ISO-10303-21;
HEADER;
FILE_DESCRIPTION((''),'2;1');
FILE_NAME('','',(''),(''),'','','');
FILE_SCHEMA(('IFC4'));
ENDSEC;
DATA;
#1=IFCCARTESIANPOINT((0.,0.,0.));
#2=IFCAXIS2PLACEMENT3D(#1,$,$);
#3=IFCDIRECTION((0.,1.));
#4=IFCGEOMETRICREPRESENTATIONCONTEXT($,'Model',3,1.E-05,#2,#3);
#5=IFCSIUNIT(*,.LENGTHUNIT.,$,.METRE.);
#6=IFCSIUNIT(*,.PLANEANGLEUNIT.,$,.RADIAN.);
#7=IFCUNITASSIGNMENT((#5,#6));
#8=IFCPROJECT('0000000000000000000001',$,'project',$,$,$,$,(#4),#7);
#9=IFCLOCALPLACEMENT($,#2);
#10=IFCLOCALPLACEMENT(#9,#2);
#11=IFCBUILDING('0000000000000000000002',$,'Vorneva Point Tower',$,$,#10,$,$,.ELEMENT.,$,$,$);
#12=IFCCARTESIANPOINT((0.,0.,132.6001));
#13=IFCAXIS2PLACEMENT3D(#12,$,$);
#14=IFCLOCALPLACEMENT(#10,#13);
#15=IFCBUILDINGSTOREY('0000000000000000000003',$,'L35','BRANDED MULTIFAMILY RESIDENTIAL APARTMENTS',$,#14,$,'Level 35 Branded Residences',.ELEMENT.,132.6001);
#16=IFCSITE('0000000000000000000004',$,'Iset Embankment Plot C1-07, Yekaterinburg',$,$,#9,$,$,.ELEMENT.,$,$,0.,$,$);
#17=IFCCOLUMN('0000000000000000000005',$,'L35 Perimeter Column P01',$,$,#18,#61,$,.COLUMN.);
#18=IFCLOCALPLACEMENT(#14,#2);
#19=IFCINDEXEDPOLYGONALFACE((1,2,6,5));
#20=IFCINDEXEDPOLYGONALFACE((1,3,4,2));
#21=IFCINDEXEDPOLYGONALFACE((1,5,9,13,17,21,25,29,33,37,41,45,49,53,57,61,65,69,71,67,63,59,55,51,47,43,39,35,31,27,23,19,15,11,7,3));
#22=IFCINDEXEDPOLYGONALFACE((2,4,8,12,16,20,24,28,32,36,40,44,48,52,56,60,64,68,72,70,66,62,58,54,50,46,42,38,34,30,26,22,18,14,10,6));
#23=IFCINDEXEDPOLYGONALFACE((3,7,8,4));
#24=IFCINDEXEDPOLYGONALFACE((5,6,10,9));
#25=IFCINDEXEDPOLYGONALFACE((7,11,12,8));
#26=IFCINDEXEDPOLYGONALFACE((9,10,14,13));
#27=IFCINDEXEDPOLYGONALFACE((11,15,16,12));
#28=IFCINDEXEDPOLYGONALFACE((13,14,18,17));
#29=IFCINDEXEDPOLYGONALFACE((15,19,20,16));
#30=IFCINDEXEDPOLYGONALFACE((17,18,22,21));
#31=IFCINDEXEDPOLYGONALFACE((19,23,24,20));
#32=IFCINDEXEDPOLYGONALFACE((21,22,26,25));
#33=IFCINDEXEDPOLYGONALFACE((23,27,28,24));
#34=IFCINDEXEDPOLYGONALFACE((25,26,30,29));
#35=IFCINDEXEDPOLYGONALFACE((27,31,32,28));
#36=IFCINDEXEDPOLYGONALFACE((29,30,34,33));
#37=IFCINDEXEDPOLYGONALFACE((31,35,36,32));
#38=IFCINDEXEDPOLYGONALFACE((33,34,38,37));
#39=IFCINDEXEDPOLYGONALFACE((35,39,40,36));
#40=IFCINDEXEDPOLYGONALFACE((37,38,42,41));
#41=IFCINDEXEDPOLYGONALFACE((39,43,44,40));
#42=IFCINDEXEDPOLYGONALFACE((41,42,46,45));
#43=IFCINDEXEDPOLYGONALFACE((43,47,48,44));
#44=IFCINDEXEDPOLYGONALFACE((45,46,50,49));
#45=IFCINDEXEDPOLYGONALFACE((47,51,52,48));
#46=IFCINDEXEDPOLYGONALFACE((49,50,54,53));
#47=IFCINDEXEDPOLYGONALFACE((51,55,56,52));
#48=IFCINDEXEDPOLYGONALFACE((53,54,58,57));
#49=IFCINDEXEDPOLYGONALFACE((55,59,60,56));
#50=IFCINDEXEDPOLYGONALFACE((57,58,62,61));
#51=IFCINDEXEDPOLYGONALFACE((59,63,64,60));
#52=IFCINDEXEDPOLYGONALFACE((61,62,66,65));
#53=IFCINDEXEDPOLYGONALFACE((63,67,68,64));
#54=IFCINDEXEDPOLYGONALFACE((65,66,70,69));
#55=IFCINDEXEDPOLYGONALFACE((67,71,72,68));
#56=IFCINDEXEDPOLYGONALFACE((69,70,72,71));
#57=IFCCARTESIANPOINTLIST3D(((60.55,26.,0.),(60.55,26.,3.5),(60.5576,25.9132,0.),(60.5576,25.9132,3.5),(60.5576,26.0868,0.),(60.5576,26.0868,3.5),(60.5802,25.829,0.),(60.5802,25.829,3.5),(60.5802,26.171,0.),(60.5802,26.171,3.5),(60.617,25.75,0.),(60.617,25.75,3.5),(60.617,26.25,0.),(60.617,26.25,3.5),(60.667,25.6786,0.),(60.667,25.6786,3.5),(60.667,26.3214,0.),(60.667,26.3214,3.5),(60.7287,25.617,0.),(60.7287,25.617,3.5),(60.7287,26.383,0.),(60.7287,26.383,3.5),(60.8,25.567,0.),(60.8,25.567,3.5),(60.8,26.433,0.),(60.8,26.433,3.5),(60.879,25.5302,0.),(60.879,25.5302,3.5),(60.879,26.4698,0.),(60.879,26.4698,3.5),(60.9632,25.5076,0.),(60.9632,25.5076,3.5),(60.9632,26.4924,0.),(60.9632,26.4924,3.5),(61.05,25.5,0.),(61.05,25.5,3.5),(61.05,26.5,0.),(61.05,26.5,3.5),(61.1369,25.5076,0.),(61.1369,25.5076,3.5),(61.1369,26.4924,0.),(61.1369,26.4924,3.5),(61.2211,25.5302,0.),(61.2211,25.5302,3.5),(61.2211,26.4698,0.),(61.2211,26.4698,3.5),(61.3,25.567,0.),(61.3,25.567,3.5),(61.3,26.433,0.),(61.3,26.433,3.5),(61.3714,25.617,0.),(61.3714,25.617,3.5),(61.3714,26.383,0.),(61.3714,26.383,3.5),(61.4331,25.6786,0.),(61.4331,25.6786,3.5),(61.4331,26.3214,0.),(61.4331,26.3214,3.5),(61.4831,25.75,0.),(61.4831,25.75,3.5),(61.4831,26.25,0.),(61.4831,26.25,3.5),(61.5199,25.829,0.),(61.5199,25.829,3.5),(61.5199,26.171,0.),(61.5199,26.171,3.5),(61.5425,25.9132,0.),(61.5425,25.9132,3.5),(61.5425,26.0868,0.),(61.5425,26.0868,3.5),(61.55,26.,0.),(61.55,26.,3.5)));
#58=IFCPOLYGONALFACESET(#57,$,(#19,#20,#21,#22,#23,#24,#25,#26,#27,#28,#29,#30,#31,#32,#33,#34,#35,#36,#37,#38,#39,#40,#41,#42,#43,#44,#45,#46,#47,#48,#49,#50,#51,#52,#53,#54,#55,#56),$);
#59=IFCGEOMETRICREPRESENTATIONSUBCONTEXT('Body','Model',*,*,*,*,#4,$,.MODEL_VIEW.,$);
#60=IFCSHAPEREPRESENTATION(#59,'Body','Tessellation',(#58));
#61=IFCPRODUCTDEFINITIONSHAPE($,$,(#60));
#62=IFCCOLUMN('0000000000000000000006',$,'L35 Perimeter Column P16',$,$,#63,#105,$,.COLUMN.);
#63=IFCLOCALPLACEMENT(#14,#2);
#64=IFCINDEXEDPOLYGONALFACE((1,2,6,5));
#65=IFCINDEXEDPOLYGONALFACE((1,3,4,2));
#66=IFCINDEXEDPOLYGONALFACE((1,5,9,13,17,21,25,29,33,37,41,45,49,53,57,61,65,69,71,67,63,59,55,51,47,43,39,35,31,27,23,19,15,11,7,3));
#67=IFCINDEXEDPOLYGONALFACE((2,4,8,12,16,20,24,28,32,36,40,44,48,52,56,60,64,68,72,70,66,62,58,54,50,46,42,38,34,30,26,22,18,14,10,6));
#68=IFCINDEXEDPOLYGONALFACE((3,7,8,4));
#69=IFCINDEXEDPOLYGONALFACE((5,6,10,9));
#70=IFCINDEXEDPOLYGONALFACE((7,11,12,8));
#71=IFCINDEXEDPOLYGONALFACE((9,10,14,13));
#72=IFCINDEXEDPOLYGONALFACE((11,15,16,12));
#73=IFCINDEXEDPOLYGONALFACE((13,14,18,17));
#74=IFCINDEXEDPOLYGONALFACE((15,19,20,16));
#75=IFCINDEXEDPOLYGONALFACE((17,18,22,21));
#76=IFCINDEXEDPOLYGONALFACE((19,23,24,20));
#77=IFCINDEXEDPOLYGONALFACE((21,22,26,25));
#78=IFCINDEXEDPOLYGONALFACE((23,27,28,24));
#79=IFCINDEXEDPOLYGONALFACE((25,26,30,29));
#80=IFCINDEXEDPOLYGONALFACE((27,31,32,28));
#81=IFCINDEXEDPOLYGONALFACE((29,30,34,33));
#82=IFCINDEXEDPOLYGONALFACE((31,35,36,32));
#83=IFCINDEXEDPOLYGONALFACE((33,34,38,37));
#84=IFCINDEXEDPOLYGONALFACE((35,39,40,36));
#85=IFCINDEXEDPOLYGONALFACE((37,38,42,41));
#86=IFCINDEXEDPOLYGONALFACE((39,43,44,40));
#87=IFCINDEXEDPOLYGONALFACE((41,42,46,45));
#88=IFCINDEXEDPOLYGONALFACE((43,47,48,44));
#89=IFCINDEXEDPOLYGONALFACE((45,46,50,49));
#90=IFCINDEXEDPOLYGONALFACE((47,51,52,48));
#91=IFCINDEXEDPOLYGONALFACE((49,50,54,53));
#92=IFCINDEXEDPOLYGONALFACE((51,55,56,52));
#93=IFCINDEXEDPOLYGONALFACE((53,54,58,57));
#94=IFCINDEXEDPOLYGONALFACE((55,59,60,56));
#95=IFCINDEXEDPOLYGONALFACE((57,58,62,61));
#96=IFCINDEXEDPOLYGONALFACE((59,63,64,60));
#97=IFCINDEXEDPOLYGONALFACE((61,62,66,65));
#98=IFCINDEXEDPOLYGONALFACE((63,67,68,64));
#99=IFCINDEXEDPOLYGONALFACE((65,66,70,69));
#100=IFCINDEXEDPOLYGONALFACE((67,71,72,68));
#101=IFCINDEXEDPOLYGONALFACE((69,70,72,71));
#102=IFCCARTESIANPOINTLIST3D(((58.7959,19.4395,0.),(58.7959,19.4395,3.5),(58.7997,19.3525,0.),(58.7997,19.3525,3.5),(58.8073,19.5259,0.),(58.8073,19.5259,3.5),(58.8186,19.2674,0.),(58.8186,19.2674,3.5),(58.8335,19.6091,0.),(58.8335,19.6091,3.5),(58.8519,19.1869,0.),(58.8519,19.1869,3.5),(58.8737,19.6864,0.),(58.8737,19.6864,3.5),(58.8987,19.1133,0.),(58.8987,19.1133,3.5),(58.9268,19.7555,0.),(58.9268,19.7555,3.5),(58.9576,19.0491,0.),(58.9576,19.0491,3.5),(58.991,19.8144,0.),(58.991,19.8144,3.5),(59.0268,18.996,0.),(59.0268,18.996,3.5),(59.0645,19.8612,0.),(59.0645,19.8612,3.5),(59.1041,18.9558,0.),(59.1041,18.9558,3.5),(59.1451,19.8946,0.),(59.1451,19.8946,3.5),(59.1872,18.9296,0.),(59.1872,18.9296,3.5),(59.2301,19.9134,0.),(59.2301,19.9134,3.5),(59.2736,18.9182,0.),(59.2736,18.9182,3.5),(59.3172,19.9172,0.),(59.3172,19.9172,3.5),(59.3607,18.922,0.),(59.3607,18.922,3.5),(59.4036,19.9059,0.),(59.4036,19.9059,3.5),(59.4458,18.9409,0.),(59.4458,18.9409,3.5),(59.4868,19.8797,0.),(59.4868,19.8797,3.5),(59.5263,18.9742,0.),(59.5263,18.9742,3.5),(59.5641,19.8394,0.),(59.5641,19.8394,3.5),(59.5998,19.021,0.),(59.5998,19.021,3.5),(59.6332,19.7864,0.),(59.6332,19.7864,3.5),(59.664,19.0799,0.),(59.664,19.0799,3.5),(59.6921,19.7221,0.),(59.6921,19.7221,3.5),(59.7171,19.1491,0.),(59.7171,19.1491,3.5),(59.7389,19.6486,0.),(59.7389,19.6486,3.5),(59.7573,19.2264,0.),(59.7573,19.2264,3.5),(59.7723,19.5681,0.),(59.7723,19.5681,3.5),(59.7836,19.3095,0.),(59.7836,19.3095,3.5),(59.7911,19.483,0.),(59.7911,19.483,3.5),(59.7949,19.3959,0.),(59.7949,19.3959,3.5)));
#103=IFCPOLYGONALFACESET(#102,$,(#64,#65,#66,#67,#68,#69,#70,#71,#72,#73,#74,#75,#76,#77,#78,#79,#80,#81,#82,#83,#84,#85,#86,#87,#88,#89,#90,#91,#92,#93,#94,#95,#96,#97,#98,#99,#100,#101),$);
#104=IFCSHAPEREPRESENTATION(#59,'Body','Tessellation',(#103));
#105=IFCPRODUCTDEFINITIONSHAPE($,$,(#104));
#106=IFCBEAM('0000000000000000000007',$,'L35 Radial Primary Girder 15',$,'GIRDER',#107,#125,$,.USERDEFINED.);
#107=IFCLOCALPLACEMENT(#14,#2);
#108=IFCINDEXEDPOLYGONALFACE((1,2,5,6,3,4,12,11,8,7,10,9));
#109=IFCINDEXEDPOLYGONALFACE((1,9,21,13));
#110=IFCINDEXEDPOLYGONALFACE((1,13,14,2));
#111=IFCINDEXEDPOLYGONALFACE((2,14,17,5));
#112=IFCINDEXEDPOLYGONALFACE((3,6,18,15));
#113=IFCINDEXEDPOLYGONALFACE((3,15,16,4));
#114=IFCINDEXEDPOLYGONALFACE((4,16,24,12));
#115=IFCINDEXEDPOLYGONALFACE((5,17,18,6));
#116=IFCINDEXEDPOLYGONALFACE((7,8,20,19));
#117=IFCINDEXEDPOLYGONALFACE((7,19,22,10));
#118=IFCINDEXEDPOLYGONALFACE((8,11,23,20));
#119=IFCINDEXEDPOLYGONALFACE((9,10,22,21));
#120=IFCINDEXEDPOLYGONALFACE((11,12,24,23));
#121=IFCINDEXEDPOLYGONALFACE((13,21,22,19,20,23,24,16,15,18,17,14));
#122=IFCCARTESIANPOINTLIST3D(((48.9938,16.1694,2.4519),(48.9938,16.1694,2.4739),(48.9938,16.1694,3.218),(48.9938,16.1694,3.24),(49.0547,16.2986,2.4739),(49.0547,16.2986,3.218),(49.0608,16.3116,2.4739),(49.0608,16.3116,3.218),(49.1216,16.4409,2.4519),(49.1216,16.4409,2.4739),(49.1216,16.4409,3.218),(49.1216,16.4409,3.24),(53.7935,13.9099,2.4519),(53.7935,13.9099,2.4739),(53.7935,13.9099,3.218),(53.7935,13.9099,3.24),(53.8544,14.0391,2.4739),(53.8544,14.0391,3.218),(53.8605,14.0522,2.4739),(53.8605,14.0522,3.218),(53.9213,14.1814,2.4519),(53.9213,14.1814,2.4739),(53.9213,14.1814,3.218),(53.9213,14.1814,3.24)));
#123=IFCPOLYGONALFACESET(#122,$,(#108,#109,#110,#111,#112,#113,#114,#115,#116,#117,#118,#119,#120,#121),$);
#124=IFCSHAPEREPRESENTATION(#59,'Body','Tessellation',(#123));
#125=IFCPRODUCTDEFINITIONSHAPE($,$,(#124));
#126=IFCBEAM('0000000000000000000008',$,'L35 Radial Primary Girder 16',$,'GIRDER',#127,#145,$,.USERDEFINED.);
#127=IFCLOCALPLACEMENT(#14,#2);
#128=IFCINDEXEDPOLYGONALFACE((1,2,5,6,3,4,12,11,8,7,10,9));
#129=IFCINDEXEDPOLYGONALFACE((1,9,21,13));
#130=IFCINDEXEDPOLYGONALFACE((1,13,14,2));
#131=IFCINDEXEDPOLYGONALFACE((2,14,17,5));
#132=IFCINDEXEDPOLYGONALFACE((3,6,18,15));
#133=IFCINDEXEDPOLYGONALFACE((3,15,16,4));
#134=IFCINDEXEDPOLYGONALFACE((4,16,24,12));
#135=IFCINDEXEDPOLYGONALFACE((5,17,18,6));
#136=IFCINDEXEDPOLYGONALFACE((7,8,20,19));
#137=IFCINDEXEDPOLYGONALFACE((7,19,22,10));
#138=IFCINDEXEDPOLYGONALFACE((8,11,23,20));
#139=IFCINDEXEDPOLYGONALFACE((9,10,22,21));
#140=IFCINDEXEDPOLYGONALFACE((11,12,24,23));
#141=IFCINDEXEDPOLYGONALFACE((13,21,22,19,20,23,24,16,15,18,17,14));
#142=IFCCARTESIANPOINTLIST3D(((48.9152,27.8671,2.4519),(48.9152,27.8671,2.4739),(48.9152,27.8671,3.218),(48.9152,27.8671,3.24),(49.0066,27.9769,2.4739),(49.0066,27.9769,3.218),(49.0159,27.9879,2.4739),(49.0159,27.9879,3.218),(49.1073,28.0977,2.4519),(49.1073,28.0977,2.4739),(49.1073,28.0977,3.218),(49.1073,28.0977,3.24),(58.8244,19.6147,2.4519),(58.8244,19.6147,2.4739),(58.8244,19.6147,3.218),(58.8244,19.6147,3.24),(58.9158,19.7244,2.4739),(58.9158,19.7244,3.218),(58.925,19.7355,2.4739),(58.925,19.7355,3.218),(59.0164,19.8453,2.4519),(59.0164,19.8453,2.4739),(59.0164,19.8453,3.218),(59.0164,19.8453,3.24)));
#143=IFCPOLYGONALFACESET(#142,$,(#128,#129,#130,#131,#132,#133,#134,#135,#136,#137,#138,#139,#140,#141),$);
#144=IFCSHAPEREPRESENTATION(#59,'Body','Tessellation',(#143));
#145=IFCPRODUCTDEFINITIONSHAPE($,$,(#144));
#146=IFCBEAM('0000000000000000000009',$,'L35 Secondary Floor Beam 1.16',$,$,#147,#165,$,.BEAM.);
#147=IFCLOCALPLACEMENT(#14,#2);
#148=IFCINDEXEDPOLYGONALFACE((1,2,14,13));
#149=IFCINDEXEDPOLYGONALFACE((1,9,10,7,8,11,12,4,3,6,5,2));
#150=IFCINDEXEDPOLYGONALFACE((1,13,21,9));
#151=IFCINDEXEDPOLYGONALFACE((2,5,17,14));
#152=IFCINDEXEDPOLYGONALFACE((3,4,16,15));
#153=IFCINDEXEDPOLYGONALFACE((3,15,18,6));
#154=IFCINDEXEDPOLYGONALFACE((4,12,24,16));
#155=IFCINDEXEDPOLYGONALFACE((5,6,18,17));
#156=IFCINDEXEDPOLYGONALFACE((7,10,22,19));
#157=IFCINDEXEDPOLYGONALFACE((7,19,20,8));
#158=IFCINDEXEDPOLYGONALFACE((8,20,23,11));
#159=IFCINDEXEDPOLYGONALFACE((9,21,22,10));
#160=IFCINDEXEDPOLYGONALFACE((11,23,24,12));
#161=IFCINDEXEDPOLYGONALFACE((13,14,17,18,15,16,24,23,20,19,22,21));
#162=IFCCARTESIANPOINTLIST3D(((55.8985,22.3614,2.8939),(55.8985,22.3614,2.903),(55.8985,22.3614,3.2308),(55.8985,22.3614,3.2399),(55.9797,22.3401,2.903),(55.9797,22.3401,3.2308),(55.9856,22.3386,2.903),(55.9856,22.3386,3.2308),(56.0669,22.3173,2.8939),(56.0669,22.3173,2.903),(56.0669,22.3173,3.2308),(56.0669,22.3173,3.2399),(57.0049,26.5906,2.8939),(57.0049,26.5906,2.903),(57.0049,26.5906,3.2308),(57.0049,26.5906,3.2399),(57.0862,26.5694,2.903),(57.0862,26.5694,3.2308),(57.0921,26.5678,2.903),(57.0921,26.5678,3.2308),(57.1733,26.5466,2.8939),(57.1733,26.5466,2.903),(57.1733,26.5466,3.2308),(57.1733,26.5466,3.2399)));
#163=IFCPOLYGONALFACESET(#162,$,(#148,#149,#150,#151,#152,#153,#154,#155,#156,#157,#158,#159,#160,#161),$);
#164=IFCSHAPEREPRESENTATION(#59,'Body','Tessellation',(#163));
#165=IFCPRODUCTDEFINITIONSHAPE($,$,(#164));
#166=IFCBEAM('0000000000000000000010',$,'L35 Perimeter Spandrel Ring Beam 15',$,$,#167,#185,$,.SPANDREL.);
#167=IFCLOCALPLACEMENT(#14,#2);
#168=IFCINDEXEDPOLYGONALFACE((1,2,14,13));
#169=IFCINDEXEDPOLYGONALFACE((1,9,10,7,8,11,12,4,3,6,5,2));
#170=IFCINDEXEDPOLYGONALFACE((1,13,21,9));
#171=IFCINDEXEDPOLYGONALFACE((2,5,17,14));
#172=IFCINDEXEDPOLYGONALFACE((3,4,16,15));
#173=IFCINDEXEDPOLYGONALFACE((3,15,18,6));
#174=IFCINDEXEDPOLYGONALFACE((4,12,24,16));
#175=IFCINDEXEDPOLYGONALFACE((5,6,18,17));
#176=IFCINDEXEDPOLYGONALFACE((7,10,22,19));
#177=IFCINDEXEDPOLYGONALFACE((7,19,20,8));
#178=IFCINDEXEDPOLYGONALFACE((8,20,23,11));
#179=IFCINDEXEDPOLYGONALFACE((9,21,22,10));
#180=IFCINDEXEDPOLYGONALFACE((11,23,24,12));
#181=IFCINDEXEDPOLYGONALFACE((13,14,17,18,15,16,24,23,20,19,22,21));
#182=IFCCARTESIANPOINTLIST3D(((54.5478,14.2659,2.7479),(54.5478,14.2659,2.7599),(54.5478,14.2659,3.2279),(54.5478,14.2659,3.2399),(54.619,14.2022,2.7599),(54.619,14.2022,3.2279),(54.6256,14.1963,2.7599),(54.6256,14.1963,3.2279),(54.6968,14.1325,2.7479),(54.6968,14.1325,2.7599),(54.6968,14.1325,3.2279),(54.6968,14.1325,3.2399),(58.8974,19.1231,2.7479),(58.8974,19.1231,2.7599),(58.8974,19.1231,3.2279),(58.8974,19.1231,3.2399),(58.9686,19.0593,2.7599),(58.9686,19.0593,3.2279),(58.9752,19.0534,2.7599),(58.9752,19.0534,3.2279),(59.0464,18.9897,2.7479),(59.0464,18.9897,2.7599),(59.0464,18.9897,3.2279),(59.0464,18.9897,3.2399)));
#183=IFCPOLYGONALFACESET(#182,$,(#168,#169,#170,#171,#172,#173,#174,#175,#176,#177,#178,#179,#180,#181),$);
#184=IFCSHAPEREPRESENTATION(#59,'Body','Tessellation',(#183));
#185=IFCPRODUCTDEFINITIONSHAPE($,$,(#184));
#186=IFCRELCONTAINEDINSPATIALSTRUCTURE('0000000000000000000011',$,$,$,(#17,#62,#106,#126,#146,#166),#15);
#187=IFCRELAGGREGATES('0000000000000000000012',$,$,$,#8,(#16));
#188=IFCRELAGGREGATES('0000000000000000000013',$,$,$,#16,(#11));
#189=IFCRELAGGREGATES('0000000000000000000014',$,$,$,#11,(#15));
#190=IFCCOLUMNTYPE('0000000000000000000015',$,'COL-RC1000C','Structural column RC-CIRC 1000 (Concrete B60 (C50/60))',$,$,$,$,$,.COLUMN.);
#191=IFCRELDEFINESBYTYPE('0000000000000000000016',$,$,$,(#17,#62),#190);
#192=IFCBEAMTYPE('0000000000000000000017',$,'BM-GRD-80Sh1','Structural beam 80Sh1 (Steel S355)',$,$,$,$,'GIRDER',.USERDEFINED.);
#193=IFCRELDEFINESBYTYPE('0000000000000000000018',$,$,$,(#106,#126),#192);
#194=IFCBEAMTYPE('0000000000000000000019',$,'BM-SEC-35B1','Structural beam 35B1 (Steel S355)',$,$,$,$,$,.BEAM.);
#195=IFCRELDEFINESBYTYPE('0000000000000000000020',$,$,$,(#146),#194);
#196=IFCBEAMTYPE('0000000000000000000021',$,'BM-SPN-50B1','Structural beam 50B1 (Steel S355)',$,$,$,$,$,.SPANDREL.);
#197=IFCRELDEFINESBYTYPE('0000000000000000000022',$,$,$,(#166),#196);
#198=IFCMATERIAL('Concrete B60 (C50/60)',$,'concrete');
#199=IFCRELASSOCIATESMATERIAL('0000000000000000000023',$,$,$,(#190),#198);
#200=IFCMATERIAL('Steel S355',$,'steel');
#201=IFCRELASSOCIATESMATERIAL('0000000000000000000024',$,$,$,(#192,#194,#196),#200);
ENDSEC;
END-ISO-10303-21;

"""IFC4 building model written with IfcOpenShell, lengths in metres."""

from ifc_helpers import new_model, si_unit, direction, frame, origin, origin_2d, place, context, subcontext, project, spatial, circle, i_section, extrude, material, material_profile, profile_set, type_object, element, save


model = new_model("IFC4")

# Units and contexts
model_context = context("Model", 3, precision=1e-05, world=origin(), true_north=direction((0.0, 1.0)))
body_context = subcontext(model_context, "Body", "Model", "MODEL_VIEW")
ifc_project = project(units=[si_unit("LENGTHUNIT", "METRE"), si_unit("PLANEANGLEUNIT", "RADIAN")], contexts=[model_context])

# Site, building, storey
site_placement = place(None, origin())
site = spatial("IfcSite", under=ifc_project, at=site_placement, Name="Iset Embankment Plot C1-07, Yekaterinburg", CompositionType="ELEMENT", RefElevation=0.0)
building_placement = place(site_placement, origin())
building = spatial("IfcBuilding", under=site, at=building_placement, Name="Vorneva Point Tower", CompositionType="ELEMENT")
storey_placement = place(building_placement, frame((0.0, 0.0, 132.6001)))
storey = spatial("IfcBuildingStorey", under=building, at=storey_placement, Name="L35", Description="BRANDED MULTIFAMILY RESIDENTIAL APARTMENTS", LongName="Level 35 Branded Residences", CompositionType="ELEMENT", Elevation=132.6001)

# Columns
ifc_material_1 = material(Name="Concrete B60 (C50/60)", Category="concrete")
ifc_material_profile_1 = material_profile(ifc_material_1, circle(Radius=0.5, at=origin_2d()), Name="RC-CIRC 1000")
ifc_profile_set_1 = profile_set([ifc_material_profile_1], Name="Concrete B60 (C50/60)")
column_type = type_object("IfcColumnType", Name="COL-RC1000C", Description="Structural column RC-CIRC 1000 (Concrete B60 (C50/60))", PredefinedType="COLUMN", material=ifc_profile_set_1)
for number, where, z_axis, x_axis, name in (
    (1, (61.05, 26.0, 0.0), (0.0, 0.0, 1.0), (1.0, 0.0, 0.0), "L35 Perimeter Column P01"),
    (2, (59.2954, 19.4177, 0.0), (0.0, 0.0, 1.0), (0.92388, -0.382683, 0.0), "L35 Perimeter Column P16"),
):
    element("IfcColumn", number, at=place(storey_placement, frame(where, z_axis=z_axis, x_axis=x_axis)), inside=storey, type_object=column_type, Name=name, PredefinedType="COLUMN", context=body_context, shape_type="SweptSolid", body=[
        extrude(circle(Radius=0.5, at=origin_2d()), origin(), (0.0, 0.0, 1.0), 3.5),
    ])

# Beams
ifc_material_2 = material(Name="Steel S355", Category="steel")
ifc_material_profile_2 = material_profile(ifc_material_2, i_section(OverallWidth=0.3, OverallDepth=0.7881, WebThickness=0.0144, FlangeThickness=0.022, at=origin_2d()), Name="80Sh1")
ifc_profile_set_2 = profile_set([ifc_material_profile_2], Name="Steel S355")
beam_type_1 = type_object("IfcBeamType", Name="BM-GRD-80Sh1", Description="Structural beam 80Sh1 (Steel S355)", ElementType="GIRDER", PredefinedType="USERDEFINED", material=ifc_profile_set_2)
beam_1_placement = place(storey_placement, frame((53.8574, 14.0457, 2.8459), z_axis=(-0.904761, 0.425919, 0.0), x_axis=(-0.425919, -0.904761, 0.0)))
element("IfcBeam", 3, at=beam_1_placement, inside=storey, type_object=beam_type_1, Name="L35 Radial Primary Girder 15", ObjectType="GIRDER", PredefinedType="USERDEFINED", context=body_context, shape_type="SweptSolid", body=[
    extrude(i_section(OverallWidth=0.3, OverallDepth=0.7881, WebThickness=0.0144, FlangeThickness=0.022, at=origin_2d()), origin(), (0.0, 0.0, 1.0), 5.3049),
])
beam_2_placement = place(storey_placement, frame((58.9204, 19.73, 2.8459), z_axis=(-0.76842, 0.639946, 0.0), x_axis=(-0.639946, -0.76842, 0.0)))
element("IfcBeam", 4, at=beam_2_placement, inside=storey, type_object=beam_type_1, Name="L35 Radial Primary Girder 16", ObjectType="GIRDER", PredefinedType="USERDEFINED", context=body_context, shape_type="SweptSolid", body=[
    extrude(i_section(OverallWidth=0.3, OverallDepth=0.7881, WebThickness=0.0144, FlangeThickness=0.022, at=origin_2d()), origin(), (0.0, 0.0, 1.0), 12.8955),
])
ifc_material_profile_3 = material_profile(ifc_material_2, i_section(OverallWidth=0.1741, OverallDepth=0.3459, WebThickness=0.0061, FlangeThickness=0.009, at=origin_2d()), Name="35B1")
ifc_profile_set_3 = profile_set([ifc_material_profile_3], Name="Steel S355")
beam_type_2 = type_object("IfcBeamType", Name="BM-SEC-35B1", Description="Structural beam 35B1 (Steel S355)", PredefinedType="BEAM", material=ifc_profile_set_3)
beam_3_placement = place(storey_placement, frame((55.9827, 22.3394, 3.0669), z_axis=(0.253099, 0.96744, 0.0), x_axis=(-0.96744, 0.253099, 0.0)))
element("IfcBeam", 5, at=beam_3_placement, inside=storey, type_object=beam_type_2, Name="L35 Secondary Floor Beam 1.16", PredefinedType="BEAM", context=body_context, shape_type="SweptSolid", body=[
    extrude(i_section(OverallWidth=0.1741, OverallDepth=0.3459, WebThickness=0.0061, FlangeThickness=0.009, at=origin_2d()), origin(), (0.0, 0.0, 1.0), 4.3716),
])
ifc_material_profile_4 = material_profile(ifc_material_2, i_section(OverallWidth=0.2, OverallDepth=0.4919, WebThickness=0.0088, FlangeThickness=0.012, at=origin_2d()), Name="50B1")
ifc_profile_set_4 = profile_set([ifc_material_profile_4], Name="Steel S355")
beam_type_3 = type_object("IfcBeamType", Name="BM-SPN-50B1", Description="Structural beam 50B1 (Steel S355)", PredefinedType="SPANDREL", material=ifc_profile_set_4)
beam_4_placement = place(storey_placement, frame((54.6223, 14.1992, 2.9939), z_axis=(0.667111, 0.744958, 0.0), x_axis=(-0.744958, 0.667111, 0.0)))
element("IfcBeam", 6, at=beam_4_placement, inside=storey, type_object=beam_type_3, Name="L35 Perimeter Spandrel Ring Beam 15", PredefinedType="SPANDREL", context=body_context, shape_type="SweptSolid", body=[
    extrude(i_section(OverallWidth=0.2, OverallDepth=0.4919, WebThickness=0.0088, FlangeThickness=0.012, at=origin_2d()), origin(), (0.0, 0.0, 1.0), 6.52),
])

save(model, "model.ifc")
